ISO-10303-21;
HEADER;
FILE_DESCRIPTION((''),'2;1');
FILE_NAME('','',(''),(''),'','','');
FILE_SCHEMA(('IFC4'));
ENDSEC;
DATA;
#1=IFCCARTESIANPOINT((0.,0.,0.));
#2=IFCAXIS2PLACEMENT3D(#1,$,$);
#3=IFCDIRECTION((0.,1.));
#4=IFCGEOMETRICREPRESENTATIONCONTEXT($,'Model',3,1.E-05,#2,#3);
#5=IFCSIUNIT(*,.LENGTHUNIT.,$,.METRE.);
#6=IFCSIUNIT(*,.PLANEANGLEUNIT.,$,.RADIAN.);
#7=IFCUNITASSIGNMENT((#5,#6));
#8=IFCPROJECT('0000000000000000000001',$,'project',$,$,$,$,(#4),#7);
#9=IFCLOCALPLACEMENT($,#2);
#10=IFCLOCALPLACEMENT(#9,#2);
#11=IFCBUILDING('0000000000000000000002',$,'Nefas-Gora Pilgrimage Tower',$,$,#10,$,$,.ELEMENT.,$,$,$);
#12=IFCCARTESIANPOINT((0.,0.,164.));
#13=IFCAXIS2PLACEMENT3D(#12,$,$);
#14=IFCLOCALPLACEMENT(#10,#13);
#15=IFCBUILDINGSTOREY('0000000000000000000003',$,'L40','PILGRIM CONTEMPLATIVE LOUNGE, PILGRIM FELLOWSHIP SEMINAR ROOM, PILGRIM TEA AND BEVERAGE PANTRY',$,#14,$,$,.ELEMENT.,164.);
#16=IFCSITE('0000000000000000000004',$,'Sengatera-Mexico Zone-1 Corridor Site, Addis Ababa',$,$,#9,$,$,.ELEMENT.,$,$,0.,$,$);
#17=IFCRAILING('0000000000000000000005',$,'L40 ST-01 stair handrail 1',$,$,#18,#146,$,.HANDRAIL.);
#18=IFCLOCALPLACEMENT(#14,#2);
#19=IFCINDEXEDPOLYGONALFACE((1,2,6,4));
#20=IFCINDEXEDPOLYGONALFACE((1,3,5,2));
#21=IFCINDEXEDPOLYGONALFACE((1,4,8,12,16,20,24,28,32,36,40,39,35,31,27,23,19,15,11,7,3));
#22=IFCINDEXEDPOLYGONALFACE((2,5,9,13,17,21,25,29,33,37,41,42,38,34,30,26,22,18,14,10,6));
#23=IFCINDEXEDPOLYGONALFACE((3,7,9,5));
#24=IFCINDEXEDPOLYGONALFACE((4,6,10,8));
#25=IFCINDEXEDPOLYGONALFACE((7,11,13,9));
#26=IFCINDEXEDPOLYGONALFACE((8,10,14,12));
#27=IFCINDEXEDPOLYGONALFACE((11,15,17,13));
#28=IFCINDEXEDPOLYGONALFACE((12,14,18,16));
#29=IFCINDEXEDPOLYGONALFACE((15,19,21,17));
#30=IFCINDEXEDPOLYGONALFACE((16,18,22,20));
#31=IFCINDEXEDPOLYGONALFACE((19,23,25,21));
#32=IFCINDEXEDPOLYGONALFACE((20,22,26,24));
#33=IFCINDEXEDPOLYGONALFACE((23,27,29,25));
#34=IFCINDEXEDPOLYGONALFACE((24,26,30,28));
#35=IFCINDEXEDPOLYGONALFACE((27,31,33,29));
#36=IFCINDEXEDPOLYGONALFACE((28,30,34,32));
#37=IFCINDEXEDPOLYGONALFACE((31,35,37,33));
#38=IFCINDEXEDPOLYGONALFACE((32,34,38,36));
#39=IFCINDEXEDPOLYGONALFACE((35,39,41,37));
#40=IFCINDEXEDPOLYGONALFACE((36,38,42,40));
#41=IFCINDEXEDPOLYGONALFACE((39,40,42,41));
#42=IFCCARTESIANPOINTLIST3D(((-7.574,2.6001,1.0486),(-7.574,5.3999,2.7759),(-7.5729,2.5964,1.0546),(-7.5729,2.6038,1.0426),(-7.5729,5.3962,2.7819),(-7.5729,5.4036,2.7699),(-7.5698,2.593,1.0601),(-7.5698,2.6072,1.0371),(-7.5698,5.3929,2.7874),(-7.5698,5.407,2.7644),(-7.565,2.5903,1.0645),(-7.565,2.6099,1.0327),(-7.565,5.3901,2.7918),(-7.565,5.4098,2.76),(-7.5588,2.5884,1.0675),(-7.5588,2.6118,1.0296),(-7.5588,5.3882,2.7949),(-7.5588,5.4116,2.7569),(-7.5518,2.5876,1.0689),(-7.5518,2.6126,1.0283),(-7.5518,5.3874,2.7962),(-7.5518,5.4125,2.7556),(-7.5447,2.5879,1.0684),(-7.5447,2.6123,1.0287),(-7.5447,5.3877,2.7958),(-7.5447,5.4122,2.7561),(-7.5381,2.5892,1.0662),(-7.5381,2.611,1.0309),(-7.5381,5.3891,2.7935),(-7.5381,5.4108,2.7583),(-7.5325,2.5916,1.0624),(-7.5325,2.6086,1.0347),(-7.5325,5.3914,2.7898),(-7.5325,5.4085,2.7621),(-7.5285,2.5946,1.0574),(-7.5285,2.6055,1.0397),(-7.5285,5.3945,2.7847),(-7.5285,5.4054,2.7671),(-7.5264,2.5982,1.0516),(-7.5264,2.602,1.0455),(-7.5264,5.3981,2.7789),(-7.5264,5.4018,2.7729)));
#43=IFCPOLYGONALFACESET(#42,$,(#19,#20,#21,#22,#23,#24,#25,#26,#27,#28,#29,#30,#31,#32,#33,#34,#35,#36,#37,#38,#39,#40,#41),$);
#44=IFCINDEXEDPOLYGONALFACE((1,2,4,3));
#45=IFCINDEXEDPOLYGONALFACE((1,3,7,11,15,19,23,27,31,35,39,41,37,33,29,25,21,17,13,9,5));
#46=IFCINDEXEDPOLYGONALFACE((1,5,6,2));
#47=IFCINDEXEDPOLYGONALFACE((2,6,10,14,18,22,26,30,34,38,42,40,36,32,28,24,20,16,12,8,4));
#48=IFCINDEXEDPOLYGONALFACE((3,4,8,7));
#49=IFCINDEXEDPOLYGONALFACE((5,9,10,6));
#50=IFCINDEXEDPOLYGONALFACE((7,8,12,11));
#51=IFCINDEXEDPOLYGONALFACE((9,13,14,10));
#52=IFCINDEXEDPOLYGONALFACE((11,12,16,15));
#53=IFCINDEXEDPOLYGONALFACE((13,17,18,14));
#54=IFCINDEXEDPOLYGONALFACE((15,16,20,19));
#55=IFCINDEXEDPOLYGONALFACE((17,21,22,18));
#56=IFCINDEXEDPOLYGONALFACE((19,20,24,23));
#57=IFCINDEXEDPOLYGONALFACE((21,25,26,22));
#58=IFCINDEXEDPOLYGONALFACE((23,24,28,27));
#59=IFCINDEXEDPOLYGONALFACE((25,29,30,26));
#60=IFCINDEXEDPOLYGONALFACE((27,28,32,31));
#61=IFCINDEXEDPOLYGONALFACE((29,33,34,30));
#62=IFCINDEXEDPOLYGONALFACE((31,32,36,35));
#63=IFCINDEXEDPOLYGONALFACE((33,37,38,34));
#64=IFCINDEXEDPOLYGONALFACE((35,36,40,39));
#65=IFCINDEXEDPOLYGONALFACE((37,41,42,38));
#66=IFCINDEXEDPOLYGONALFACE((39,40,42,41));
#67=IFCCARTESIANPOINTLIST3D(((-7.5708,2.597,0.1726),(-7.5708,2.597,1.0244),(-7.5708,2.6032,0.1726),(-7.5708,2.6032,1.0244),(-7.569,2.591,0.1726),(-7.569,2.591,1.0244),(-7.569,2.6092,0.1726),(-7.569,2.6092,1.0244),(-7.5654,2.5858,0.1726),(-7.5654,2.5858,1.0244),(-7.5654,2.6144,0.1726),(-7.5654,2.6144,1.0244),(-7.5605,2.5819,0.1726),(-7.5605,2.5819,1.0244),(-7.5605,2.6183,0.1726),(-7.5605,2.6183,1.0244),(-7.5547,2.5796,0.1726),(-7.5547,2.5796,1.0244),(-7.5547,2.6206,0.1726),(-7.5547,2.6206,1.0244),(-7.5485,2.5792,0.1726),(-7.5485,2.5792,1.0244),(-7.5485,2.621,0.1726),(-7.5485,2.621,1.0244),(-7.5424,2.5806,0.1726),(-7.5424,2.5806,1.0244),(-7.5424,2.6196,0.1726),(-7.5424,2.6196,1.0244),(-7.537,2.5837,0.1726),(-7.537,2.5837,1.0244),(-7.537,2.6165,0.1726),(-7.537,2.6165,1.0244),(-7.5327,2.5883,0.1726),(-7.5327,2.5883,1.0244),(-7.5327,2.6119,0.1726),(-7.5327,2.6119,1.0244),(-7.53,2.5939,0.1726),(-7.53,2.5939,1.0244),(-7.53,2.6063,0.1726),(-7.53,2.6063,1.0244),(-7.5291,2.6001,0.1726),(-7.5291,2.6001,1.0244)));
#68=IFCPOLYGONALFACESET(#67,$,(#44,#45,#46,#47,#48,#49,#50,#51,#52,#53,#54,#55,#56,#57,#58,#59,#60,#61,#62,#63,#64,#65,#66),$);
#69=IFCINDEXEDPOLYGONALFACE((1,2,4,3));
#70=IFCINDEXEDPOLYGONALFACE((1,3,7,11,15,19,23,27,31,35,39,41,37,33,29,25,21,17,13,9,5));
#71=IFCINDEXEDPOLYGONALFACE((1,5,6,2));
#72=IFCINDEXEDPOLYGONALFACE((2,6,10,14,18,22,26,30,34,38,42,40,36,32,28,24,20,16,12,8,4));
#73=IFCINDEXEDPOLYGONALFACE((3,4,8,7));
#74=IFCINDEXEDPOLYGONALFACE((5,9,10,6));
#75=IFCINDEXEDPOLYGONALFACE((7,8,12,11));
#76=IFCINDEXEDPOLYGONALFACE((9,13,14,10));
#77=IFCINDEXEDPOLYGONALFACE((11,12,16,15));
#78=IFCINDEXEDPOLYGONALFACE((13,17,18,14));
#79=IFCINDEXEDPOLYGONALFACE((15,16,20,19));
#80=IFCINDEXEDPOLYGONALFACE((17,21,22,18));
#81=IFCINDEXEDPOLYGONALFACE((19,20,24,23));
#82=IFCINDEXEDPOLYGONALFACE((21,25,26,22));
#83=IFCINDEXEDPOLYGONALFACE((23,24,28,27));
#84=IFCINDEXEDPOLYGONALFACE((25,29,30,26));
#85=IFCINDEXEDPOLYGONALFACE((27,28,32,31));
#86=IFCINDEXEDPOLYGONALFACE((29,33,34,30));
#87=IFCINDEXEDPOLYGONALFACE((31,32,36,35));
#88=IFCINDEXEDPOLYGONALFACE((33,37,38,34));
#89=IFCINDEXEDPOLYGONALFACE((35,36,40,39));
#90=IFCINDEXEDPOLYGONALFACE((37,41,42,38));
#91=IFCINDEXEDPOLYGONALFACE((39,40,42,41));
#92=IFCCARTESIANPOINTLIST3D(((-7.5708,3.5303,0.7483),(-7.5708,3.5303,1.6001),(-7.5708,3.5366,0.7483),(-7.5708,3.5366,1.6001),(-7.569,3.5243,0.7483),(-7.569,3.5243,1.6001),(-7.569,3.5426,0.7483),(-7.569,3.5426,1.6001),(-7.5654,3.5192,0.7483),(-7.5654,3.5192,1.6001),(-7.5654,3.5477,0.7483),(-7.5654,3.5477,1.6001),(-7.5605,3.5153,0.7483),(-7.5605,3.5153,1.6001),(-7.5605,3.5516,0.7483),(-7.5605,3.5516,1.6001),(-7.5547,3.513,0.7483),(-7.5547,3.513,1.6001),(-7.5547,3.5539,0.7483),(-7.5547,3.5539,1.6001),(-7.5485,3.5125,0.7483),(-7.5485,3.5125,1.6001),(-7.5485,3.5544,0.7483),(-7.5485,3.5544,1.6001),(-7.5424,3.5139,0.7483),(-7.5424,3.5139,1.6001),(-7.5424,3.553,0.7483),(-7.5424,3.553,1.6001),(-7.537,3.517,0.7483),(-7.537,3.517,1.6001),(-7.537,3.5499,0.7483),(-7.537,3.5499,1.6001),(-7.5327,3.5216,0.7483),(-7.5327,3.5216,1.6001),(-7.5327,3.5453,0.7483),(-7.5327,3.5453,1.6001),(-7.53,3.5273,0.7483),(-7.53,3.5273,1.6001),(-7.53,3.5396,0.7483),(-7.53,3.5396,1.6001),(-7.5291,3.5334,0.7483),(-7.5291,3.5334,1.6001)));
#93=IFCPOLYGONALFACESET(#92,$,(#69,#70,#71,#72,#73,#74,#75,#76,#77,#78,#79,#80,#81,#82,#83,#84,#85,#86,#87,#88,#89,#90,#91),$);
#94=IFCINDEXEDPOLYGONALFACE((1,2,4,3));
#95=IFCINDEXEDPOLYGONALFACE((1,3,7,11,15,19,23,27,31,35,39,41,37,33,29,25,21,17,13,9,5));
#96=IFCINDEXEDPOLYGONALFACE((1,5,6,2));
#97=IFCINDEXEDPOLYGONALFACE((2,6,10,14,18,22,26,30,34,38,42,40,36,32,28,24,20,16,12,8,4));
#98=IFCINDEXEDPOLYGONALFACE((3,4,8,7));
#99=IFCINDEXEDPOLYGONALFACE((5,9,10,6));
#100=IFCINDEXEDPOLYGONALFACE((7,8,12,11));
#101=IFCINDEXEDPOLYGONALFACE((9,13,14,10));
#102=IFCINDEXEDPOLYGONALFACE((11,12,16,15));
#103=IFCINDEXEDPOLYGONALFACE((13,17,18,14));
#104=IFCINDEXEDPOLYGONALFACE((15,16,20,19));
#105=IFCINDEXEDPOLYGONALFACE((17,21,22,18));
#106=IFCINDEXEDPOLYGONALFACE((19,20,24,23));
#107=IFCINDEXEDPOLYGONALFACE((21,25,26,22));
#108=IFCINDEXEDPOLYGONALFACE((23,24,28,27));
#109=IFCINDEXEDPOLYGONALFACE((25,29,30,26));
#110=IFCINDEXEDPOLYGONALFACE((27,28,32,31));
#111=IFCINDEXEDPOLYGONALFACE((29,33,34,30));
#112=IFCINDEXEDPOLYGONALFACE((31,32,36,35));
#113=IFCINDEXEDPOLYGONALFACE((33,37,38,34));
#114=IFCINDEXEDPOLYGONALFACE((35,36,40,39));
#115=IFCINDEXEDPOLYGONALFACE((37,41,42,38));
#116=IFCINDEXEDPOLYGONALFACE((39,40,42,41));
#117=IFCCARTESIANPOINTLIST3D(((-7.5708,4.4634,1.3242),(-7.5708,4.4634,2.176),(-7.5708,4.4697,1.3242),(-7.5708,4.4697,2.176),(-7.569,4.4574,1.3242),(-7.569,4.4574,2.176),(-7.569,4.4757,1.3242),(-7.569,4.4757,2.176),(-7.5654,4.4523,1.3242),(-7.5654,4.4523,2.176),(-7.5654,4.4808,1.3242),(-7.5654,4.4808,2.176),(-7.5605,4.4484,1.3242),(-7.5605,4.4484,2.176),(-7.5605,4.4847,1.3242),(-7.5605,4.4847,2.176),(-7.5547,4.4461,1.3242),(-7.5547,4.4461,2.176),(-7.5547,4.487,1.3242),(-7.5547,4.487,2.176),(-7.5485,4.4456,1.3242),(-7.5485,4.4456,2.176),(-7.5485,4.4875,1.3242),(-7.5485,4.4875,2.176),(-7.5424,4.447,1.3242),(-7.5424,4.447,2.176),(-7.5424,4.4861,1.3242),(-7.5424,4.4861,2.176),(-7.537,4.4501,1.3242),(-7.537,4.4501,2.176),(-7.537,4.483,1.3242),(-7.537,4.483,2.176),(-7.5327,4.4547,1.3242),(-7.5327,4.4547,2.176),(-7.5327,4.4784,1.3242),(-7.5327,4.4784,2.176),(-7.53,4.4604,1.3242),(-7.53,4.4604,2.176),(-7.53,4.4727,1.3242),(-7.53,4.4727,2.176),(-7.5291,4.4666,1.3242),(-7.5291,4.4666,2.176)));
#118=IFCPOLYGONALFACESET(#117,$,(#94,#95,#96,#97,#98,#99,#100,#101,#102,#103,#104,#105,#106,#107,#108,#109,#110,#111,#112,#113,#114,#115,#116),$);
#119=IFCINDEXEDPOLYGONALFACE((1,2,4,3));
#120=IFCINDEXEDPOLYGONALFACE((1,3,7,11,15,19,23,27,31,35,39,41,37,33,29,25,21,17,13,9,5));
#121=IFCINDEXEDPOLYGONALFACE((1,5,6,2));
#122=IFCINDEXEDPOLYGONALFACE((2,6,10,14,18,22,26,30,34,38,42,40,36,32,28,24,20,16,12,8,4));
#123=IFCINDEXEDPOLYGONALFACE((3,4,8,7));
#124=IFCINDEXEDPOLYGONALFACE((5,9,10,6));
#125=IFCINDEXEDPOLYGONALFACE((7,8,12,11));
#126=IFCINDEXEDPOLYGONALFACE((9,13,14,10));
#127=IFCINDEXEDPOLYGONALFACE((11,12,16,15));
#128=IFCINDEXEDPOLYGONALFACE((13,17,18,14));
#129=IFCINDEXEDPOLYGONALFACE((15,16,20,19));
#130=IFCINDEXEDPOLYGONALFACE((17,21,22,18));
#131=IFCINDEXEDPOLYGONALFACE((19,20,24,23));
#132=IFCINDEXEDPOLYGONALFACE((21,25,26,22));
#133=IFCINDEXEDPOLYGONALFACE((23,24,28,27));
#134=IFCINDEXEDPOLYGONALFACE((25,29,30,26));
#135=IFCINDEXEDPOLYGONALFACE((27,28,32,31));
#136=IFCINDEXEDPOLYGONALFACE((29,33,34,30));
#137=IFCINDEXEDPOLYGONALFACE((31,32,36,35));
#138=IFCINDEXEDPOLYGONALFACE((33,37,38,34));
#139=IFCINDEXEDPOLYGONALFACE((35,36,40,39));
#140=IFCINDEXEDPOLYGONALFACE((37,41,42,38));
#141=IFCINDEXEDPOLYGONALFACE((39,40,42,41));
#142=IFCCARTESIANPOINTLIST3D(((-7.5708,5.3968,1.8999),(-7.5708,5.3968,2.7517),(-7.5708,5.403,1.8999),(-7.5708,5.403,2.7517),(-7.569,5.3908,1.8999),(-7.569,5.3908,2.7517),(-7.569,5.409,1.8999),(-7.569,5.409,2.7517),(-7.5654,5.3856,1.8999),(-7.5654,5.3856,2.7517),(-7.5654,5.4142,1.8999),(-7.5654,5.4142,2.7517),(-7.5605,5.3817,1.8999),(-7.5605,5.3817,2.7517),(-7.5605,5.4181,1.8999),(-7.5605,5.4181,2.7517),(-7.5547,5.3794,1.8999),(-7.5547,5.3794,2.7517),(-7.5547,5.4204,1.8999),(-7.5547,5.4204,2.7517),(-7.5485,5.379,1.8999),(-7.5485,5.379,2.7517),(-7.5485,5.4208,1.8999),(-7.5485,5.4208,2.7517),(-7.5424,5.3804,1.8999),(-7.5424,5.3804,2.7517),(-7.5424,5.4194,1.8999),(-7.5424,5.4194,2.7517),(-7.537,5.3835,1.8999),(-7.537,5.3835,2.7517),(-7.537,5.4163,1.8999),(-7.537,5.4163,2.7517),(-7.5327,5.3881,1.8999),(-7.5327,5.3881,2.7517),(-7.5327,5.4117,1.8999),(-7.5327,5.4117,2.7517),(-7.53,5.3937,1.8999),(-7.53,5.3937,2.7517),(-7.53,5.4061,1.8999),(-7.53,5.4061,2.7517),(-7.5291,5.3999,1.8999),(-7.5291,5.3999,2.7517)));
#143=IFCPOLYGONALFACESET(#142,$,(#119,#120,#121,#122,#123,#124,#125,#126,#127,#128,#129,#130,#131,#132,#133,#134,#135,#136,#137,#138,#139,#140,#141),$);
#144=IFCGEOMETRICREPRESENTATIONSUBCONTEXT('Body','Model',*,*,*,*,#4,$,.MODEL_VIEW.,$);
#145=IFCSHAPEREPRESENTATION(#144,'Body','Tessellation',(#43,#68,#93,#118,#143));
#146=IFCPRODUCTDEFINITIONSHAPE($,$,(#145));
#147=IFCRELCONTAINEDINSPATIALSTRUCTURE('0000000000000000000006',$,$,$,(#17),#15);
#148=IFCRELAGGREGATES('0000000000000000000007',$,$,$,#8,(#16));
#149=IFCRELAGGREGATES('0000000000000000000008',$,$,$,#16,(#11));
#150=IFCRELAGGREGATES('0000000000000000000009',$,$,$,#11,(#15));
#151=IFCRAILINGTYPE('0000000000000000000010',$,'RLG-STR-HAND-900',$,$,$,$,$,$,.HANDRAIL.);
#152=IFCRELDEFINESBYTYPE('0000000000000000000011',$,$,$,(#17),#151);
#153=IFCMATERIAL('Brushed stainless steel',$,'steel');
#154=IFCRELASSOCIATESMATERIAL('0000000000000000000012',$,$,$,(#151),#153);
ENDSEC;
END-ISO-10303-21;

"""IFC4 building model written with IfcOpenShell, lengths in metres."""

from ifc_helpers import new_model, si_unit, direction, frame, origin, origin_2d, place, context, subcontext, project, spatial, circle, extrude, material, type_object, element, save


model = new_model("IFC4")

# Units and contexts
model_context = context("Model", 3, precision=1e-05, world=origin(), true_north=direction((0.0, 1.0)))
body_context = subcontext(model_context, "Body", "Model", "MODEL_VIEW")
ifc_project = project(units=[si_unit("LENGTHUNIT", "METRE"), si_unit("PLANEANGLEUNIT", "RADIAN")], contexts=[model_context])

# Site, building, storey
site_placement = place(None, origin())
site = spatial("IfcSite", under=ifc_project, at=site_placement, Name="Sengatera-Mexico Zone-1 Corridor Site, Addis Ababa", CompositionType="ELEMENT", RefElevation=0.0)
building_placement = place(site_placement, origin())
building = spatial("IfcBuilding", under=site, at=building_placement, Name="Nefas-Gora Pilgrimage Tower", CompositionType="ELEMENT")
storey_placement = place(building_placement, frame((0.0, 0.0, 164.0)))
storey = spatial("IfcBuildingStorey", under=building, at=storey_placement, Name="L40", Description="PILGRIM CONTEMPLATIVE LOUNGE, PILGRIM FELLOWSHIP SEMINAR ROOM, PILGRIM TEA AND BEVERAGE PANTRY", CompositionType="ELEMENT", Elevation=164.0)

# Railing
ifc_material_1 = material(Name="Brushed stainless steel", Category="steel")
railing_type_1 = type_object("IfcRailingType", Name="RLG-STR-HAND-900", PredefinedType="HANDRAIL", material=ifc_material_1)
railing_1_placement = place(storey_placement, frame((-7.55, 2.6001, 0.1726)))
element("IfcRailing", 1, at=railing_1_placement, inside=storey, type_object=railing_type_1, Name="L40 ST-01 stair handrail 1", PredefinedType="HANDRAIL", context=body_context, shape_type="SweptSolid", body=[
    extrude(circle(Radius=0.0239, at=origin_2d()), frame((0.0, 0.0, 0.876), z_axis=(0.0, 0.851069, 0.525054), x_axis=(-1.0, 0.0, 0.0)), (0.0, 0.0, 1.0), 3.2898),
    extrude(circle(Radius=0.021, at=origin_2d()), origin(), (0.0, 0.0, 1.0), 0.8518),
    extrude(circle(Radius=0.021, at=origin_2d()), frame((0.0, 0.9333, 0.5757)), (0.0, 0.0, 1.0), 0.8518),
    extrude(circle(Radius=0.021, at=origin_2d()), frame((0.0, 1.8665, 1.1516)), (0.0, 0.0, 1.0), 0.8518),
    extrude(circle(Radius=0.021, at=origin_2d()), frame((0.0, 2.7998, 1.7273)), (0.0, 0.0, 1.0), 0.8518),
])

save(model, "model.ifc")
